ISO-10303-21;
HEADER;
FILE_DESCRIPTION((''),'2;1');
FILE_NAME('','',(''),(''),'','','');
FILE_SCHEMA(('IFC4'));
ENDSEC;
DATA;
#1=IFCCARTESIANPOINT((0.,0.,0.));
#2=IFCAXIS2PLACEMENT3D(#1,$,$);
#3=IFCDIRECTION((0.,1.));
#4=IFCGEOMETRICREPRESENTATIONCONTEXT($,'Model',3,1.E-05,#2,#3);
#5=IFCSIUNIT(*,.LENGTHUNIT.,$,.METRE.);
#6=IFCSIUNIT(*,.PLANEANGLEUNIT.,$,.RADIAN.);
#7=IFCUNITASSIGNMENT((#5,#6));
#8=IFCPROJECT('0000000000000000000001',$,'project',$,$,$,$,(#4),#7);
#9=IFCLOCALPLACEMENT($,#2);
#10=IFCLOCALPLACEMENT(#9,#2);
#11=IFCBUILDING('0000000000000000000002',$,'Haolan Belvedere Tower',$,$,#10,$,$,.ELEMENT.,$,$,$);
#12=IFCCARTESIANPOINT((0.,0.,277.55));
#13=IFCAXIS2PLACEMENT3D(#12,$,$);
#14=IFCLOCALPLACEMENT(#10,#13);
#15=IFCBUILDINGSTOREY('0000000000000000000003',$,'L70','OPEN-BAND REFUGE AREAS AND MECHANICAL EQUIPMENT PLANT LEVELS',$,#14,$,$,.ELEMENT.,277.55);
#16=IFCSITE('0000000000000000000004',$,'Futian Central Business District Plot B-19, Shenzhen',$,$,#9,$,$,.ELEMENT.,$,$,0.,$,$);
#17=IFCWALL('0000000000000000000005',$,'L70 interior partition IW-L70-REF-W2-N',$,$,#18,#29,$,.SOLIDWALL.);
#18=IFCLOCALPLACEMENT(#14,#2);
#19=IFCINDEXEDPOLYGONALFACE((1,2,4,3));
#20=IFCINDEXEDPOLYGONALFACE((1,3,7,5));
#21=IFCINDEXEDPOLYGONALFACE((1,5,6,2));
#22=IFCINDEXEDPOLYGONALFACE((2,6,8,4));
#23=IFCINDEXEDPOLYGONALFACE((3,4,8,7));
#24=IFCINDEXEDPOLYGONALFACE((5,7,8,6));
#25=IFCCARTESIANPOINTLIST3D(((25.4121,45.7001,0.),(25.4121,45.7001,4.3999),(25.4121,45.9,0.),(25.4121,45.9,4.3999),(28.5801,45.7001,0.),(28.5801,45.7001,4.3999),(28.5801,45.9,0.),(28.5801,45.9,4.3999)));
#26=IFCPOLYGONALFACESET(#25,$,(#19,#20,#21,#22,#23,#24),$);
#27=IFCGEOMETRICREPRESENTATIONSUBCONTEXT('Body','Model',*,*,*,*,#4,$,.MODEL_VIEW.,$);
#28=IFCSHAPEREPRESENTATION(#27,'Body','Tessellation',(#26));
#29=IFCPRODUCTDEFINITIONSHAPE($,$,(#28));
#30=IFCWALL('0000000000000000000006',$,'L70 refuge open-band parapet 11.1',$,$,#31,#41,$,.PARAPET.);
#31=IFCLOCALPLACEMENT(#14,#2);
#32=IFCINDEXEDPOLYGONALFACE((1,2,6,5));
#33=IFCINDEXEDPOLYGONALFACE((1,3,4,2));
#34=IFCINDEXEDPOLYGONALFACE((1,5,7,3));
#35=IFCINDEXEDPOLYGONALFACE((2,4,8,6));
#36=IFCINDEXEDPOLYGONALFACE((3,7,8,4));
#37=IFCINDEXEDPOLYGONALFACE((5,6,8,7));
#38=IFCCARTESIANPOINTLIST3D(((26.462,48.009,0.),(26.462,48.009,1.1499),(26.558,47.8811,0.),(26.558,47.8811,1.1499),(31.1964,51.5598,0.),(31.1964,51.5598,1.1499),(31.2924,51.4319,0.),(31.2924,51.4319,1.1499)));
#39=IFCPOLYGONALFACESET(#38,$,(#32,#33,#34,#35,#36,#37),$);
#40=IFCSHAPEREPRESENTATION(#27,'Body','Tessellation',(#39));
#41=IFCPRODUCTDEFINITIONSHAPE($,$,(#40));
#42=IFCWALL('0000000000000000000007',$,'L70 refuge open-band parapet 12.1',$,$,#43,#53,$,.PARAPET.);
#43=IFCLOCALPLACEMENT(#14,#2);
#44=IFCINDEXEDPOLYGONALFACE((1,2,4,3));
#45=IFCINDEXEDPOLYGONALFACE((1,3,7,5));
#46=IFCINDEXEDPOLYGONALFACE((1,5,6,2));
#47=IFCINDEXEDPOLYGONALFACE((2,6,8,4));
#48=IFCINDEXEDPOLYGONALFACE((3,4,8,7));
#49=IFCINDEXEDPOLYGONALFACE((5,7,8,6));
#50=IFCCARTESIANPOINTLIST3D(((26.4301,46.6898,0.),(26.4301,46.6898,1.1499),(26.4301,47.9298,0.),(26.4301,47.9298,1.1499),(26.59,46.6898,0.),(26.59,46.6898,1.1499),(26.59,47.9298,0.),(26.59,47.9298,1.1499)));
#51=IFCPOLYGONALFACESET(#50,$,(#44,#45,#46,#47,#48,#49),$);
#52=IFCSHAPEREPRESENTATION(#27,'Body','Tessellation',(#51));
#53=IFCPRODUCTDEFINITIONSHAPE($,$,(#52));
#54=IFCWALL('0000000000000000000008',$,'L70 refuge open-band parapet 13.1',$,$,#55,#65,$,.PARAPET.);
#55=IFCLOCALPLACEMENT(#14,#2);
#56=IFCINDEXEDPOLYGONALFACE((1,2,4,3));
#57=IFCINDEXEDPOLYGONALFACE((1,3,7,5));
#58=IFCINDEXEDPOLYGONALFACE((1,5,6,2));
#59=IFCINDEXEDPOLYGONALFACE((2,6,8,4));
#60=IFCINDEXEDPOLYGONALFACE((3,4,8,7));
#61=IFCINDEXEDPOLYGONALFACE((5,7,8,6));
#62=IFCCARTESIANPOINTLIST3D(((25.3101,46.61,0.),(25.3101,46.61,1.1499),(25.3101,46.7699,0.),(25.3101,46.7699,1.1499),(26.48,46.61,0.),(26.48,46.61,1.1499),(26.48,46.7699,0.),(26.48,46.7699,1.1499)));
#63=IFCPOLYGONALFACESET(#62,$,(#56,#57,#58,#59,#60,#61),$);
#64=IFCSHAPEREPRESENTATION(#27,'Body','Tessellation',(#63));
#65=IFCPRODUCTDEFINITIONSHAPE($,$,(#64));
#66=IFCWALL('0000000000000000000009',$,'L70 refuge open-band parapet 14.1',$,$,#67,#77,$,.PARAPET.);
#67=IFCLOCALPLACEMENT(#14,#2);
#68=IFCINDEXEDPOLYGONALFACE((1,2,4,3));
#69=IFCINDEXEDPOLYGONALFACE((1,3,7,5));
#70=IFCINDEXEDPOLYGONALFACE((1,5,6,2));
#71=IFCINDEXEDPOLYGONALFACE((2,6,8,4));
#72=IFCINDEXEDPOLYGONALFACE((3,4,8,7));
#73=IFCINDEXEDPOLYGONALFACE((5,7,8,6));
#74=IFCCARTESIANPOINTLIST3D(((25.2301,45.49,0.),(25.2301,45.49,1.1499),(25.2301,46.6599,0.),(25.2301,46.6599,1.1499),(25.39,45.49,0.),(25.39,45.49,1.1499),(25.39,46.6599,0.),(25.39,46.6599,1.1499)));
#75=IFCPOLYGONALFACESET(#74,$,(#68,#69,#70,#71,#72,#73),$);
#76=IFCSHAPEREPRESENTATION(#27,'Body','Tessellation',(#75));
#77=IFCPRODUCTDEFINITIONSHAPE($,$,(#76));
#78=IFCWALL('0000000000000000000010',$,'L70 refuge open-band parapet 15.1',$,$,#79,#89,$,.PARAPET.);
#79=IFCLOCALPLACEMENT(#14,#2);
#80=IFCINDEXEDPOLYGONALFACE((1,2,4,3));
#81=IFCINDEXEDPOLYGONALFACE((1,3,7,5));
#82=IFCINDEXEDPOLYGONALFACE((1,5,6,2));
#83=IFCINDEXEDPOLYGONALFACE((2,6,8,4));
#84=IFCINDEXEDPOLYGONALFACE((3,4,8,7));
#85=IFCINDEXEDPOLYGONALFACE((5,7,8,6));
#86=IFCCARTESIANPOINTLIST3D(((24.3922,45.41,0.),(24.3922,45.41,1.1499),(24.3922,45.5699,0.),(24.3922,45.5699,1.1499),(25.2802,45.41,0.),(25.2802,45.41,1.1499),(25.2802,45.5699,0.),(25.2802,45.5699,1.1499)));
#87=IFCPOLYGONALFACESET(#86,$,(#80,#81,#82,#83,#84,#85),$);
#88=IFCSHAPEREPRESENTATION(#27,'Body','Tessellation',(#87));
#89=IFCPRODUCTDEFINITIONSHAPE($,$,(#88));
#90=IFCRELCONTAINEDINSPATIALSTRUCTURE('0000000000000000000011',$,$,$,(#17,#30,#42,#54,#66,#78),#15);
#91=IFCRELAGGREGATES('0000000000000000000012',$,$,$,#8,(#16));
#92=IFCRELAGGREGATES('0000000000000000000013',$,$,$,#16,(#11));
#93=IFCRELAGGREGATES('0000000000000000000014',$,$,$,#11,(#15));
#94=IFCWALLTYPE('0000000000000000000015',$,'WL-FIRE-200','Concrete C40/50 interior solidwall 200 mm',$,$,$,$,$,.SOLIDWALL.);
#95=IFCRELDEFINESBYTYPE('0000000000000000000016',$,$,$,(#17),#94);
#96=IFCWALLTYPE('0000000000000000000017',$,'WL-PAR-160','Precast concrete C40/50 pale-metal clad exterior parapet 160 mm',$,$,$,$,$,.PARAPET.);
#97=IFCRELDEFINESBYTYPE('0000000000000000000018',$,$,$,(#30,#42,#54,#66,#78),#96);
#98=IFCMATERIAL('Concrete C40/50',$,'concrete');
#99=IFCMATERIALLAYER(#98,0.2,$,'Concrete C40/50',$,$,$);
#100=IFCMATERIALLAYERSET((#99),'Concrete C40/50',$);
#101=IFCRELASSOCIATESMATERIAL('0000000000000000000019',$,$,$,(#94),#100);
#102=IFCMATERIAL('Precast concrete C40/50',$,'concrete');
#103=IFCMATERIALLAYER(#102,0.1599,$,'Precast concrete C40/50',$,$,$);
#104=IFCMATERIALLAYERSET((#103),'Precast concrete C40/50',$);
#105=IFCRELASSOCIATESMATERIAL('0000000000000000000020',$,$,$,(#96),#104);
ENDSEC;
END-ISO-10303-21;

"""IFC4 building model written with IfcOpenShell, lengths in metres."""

from ifc_helpers import new_model, si_unit, direction, frame, frame_2d, origin, place, context, subcontext, project, spatial, rectangle, extrude, material, layer, layer_set, type_object, element, save


model = new_model("IFC4")

# Units and contexts
model_context = context("Model", 3, precision=1e-05, world=origin(), true_north=direction((0.0, 1.0)))
body_context = subcontext(model_context, "Body", "Model", "MODEL_VIEW")
ifc_project = project(units=[si_unit("LENGTHUNIT", "METRE"), si_unit("PLANEANGLEUNIT", "RADIAN")], contexts=[model_context])

# Site, building, storey
site_placement = place(None, origin())
site = spatial("IfcSite", under=ifc_project, at=site_placement, Name="Futian Central Business District Plot B-19, Shenzhen", CompositionType="ELEMENT", RefElevation=0.0)
building_placement = place(site_placement, origin())
building = spatial("IfcBuilding", under=site, at=building_placement, Name="Haolan Belvedere Tower", CompositionType="ELEMENT")
storey_placement = place(building_placement, frame((0.0, 0.0, 277.55)))
storey = spatial("IfcBuildingStorey", under=building, at=storey_placement, Name="L70", Description="OPEN-BAND REFUGE AREAS AND MECHANICAL EQUIPMENT PLANT LEVELS", CompositionType="ELEMENT", Elevation=277.55)

# Shared definitions
ifc_material_1 = material(Name="Concrete C40/50", Category="concrete")
ifc_layer_1 = layer(ifc_material_1, 0.2, Name="Concrete C40/50")
ifc_layer_set_1 = layer_set([ifc_layer_1], Name="Concrete C40/50")
wall_type_1 = type_object("IfcWallType", Name="WL-FIRE-200", Description="Concrete C40/50 interior solidwall 200 mm", PredefinedType="SOLIDWALL", material=ifc_layer_set_1)

# Walls
wall_1_placement = place(storey_placement, frame((25.4121, 45.8, 0.0), z_axis=(0.0, 0.0, 1.0), x_axis=(1.0, 0.0, 0.0)))
element("IfcWall", 1, at=wall_1_placement, inside=storey, type_object=wall_type_1, Name="L70 interior partition IW-L70-REF-W2-N", PredefinedType="SOLIDWALL", context=body_context, shape_type="SweptSolid", body=[
    extrude(rectangle(XDim=3.168, YDim=0.2, at=frame_2d((1.584, 0.0))), origin(), (0.0, 0.0, 1.0), 4.3999),
])
ifc_material_2 = material(Name="Precast concrete C40/50", Category="concrete")
ifc_layer_2 = layer(ifc_material_2, 0.1599, Name="Precast concrete C40/50")
ifc_layer_set_2 = layer_set([ifc_layer_2], Name="Precast concrete C40/50")
wall_type_2 = type_object("IfcWallType", Name="WL-PAR-160", Description="Precast concrete C40/50 pale-metal clad exterior parapet 160 mm", PredefinedType="PARAPET", material=ifc_layer_set_2)
wall_2_placement = place(storey_placement, frame((31.2444, 51.4958, 0.0), z_axis=(0.0, 0.0, 1.0), x_axis=(-0.8, -0.6, 0.0)))
element("IfcWall", 2, at=wall_2_placement, inside=storey, type_object=wall_type_2, Name="L70 refuge open-band parapet 11.1", PredefinedType="PARAPET", context=body_context, shape_type="SweptSolid", body=[
    extrude(rectangle(XDim=5.918, YDim=0.1599, at=frame_2d((2.959, 0.0))), origin(), (0.0, 0.0, 1.0), 1.1499),
])
wall_3_placement = place(storey_placement, frame((26.51, 47.9299, 0.0), z_axis=(0.0, 0.0, 1.0), x_axis=(0.0, -1.0, 0.0)))
element("IfcWall", 3, at=wall_3_placement, inside=storey, type_object=wall_type_2, Name="L70 refuge open-band parapet 12.1", PredefinedType="PARAPET", context=body_context, shape_type="SweptSolid", body=[
    extrude(rectangle(XDim=1.24, YDim=0.1599, at=frame_2d((0.6201, 0.0))), origin(), (0.0, 0.0, 1.0), 1.1499),
])
for number, where, z_axis, x_axis, name in (
    (4, (26.48, 46.6899, 0.0), (0.0, 0.0, 1.0), (-1.0, 0.0, 0.0), "L70 refuge open-band parapet 13.1"),
    (5, (25.3101, 46.6599, 0.0), (0.0, 0.0, 1.0), (0.0, -1.0, 0.0), "L70 refuge open-band parapet 14.1"),
):
    element("IfcWall", number, at=place(storey_placement, frame(where, z_axis=z_axis, x_axis=x_axis)), inside=storey, type_object=wall_type_2, Name=name, PredefinedType="PARAPET", context=body_context, shape_type="SweptSolid", body=[
        extrude(rectangle(XDim=1.1699, YDim=0.1599, at=frame_2d((0.585, 0.0))), origin(), (0.0, 0.0, 1.0), 1.1499),
    ])
wall_4_placement = place(storey_placement, frame((25.28, 45.49, 0.0), z_axis=(0.0, 0.0, 1.0), x_axis=(-1.0, 0.0, 0.0)))
element("IfcWall", 6, at=wall_4_placement, inside=storey, type_object=wall_type_2, Name="L70 refuge open-band parapet 15.1", PredefinedType="PARAPET", context=body_context, shape_type="SweptSolid", body=[
    extrude(rectangle(XDim=0.8879, YDim=0.1599, at=frame_2d((0.4438, 0.0))), origin(), (0.0, 0.0, 1.0), 1.1499),
])

save(model, "model.ifc")
